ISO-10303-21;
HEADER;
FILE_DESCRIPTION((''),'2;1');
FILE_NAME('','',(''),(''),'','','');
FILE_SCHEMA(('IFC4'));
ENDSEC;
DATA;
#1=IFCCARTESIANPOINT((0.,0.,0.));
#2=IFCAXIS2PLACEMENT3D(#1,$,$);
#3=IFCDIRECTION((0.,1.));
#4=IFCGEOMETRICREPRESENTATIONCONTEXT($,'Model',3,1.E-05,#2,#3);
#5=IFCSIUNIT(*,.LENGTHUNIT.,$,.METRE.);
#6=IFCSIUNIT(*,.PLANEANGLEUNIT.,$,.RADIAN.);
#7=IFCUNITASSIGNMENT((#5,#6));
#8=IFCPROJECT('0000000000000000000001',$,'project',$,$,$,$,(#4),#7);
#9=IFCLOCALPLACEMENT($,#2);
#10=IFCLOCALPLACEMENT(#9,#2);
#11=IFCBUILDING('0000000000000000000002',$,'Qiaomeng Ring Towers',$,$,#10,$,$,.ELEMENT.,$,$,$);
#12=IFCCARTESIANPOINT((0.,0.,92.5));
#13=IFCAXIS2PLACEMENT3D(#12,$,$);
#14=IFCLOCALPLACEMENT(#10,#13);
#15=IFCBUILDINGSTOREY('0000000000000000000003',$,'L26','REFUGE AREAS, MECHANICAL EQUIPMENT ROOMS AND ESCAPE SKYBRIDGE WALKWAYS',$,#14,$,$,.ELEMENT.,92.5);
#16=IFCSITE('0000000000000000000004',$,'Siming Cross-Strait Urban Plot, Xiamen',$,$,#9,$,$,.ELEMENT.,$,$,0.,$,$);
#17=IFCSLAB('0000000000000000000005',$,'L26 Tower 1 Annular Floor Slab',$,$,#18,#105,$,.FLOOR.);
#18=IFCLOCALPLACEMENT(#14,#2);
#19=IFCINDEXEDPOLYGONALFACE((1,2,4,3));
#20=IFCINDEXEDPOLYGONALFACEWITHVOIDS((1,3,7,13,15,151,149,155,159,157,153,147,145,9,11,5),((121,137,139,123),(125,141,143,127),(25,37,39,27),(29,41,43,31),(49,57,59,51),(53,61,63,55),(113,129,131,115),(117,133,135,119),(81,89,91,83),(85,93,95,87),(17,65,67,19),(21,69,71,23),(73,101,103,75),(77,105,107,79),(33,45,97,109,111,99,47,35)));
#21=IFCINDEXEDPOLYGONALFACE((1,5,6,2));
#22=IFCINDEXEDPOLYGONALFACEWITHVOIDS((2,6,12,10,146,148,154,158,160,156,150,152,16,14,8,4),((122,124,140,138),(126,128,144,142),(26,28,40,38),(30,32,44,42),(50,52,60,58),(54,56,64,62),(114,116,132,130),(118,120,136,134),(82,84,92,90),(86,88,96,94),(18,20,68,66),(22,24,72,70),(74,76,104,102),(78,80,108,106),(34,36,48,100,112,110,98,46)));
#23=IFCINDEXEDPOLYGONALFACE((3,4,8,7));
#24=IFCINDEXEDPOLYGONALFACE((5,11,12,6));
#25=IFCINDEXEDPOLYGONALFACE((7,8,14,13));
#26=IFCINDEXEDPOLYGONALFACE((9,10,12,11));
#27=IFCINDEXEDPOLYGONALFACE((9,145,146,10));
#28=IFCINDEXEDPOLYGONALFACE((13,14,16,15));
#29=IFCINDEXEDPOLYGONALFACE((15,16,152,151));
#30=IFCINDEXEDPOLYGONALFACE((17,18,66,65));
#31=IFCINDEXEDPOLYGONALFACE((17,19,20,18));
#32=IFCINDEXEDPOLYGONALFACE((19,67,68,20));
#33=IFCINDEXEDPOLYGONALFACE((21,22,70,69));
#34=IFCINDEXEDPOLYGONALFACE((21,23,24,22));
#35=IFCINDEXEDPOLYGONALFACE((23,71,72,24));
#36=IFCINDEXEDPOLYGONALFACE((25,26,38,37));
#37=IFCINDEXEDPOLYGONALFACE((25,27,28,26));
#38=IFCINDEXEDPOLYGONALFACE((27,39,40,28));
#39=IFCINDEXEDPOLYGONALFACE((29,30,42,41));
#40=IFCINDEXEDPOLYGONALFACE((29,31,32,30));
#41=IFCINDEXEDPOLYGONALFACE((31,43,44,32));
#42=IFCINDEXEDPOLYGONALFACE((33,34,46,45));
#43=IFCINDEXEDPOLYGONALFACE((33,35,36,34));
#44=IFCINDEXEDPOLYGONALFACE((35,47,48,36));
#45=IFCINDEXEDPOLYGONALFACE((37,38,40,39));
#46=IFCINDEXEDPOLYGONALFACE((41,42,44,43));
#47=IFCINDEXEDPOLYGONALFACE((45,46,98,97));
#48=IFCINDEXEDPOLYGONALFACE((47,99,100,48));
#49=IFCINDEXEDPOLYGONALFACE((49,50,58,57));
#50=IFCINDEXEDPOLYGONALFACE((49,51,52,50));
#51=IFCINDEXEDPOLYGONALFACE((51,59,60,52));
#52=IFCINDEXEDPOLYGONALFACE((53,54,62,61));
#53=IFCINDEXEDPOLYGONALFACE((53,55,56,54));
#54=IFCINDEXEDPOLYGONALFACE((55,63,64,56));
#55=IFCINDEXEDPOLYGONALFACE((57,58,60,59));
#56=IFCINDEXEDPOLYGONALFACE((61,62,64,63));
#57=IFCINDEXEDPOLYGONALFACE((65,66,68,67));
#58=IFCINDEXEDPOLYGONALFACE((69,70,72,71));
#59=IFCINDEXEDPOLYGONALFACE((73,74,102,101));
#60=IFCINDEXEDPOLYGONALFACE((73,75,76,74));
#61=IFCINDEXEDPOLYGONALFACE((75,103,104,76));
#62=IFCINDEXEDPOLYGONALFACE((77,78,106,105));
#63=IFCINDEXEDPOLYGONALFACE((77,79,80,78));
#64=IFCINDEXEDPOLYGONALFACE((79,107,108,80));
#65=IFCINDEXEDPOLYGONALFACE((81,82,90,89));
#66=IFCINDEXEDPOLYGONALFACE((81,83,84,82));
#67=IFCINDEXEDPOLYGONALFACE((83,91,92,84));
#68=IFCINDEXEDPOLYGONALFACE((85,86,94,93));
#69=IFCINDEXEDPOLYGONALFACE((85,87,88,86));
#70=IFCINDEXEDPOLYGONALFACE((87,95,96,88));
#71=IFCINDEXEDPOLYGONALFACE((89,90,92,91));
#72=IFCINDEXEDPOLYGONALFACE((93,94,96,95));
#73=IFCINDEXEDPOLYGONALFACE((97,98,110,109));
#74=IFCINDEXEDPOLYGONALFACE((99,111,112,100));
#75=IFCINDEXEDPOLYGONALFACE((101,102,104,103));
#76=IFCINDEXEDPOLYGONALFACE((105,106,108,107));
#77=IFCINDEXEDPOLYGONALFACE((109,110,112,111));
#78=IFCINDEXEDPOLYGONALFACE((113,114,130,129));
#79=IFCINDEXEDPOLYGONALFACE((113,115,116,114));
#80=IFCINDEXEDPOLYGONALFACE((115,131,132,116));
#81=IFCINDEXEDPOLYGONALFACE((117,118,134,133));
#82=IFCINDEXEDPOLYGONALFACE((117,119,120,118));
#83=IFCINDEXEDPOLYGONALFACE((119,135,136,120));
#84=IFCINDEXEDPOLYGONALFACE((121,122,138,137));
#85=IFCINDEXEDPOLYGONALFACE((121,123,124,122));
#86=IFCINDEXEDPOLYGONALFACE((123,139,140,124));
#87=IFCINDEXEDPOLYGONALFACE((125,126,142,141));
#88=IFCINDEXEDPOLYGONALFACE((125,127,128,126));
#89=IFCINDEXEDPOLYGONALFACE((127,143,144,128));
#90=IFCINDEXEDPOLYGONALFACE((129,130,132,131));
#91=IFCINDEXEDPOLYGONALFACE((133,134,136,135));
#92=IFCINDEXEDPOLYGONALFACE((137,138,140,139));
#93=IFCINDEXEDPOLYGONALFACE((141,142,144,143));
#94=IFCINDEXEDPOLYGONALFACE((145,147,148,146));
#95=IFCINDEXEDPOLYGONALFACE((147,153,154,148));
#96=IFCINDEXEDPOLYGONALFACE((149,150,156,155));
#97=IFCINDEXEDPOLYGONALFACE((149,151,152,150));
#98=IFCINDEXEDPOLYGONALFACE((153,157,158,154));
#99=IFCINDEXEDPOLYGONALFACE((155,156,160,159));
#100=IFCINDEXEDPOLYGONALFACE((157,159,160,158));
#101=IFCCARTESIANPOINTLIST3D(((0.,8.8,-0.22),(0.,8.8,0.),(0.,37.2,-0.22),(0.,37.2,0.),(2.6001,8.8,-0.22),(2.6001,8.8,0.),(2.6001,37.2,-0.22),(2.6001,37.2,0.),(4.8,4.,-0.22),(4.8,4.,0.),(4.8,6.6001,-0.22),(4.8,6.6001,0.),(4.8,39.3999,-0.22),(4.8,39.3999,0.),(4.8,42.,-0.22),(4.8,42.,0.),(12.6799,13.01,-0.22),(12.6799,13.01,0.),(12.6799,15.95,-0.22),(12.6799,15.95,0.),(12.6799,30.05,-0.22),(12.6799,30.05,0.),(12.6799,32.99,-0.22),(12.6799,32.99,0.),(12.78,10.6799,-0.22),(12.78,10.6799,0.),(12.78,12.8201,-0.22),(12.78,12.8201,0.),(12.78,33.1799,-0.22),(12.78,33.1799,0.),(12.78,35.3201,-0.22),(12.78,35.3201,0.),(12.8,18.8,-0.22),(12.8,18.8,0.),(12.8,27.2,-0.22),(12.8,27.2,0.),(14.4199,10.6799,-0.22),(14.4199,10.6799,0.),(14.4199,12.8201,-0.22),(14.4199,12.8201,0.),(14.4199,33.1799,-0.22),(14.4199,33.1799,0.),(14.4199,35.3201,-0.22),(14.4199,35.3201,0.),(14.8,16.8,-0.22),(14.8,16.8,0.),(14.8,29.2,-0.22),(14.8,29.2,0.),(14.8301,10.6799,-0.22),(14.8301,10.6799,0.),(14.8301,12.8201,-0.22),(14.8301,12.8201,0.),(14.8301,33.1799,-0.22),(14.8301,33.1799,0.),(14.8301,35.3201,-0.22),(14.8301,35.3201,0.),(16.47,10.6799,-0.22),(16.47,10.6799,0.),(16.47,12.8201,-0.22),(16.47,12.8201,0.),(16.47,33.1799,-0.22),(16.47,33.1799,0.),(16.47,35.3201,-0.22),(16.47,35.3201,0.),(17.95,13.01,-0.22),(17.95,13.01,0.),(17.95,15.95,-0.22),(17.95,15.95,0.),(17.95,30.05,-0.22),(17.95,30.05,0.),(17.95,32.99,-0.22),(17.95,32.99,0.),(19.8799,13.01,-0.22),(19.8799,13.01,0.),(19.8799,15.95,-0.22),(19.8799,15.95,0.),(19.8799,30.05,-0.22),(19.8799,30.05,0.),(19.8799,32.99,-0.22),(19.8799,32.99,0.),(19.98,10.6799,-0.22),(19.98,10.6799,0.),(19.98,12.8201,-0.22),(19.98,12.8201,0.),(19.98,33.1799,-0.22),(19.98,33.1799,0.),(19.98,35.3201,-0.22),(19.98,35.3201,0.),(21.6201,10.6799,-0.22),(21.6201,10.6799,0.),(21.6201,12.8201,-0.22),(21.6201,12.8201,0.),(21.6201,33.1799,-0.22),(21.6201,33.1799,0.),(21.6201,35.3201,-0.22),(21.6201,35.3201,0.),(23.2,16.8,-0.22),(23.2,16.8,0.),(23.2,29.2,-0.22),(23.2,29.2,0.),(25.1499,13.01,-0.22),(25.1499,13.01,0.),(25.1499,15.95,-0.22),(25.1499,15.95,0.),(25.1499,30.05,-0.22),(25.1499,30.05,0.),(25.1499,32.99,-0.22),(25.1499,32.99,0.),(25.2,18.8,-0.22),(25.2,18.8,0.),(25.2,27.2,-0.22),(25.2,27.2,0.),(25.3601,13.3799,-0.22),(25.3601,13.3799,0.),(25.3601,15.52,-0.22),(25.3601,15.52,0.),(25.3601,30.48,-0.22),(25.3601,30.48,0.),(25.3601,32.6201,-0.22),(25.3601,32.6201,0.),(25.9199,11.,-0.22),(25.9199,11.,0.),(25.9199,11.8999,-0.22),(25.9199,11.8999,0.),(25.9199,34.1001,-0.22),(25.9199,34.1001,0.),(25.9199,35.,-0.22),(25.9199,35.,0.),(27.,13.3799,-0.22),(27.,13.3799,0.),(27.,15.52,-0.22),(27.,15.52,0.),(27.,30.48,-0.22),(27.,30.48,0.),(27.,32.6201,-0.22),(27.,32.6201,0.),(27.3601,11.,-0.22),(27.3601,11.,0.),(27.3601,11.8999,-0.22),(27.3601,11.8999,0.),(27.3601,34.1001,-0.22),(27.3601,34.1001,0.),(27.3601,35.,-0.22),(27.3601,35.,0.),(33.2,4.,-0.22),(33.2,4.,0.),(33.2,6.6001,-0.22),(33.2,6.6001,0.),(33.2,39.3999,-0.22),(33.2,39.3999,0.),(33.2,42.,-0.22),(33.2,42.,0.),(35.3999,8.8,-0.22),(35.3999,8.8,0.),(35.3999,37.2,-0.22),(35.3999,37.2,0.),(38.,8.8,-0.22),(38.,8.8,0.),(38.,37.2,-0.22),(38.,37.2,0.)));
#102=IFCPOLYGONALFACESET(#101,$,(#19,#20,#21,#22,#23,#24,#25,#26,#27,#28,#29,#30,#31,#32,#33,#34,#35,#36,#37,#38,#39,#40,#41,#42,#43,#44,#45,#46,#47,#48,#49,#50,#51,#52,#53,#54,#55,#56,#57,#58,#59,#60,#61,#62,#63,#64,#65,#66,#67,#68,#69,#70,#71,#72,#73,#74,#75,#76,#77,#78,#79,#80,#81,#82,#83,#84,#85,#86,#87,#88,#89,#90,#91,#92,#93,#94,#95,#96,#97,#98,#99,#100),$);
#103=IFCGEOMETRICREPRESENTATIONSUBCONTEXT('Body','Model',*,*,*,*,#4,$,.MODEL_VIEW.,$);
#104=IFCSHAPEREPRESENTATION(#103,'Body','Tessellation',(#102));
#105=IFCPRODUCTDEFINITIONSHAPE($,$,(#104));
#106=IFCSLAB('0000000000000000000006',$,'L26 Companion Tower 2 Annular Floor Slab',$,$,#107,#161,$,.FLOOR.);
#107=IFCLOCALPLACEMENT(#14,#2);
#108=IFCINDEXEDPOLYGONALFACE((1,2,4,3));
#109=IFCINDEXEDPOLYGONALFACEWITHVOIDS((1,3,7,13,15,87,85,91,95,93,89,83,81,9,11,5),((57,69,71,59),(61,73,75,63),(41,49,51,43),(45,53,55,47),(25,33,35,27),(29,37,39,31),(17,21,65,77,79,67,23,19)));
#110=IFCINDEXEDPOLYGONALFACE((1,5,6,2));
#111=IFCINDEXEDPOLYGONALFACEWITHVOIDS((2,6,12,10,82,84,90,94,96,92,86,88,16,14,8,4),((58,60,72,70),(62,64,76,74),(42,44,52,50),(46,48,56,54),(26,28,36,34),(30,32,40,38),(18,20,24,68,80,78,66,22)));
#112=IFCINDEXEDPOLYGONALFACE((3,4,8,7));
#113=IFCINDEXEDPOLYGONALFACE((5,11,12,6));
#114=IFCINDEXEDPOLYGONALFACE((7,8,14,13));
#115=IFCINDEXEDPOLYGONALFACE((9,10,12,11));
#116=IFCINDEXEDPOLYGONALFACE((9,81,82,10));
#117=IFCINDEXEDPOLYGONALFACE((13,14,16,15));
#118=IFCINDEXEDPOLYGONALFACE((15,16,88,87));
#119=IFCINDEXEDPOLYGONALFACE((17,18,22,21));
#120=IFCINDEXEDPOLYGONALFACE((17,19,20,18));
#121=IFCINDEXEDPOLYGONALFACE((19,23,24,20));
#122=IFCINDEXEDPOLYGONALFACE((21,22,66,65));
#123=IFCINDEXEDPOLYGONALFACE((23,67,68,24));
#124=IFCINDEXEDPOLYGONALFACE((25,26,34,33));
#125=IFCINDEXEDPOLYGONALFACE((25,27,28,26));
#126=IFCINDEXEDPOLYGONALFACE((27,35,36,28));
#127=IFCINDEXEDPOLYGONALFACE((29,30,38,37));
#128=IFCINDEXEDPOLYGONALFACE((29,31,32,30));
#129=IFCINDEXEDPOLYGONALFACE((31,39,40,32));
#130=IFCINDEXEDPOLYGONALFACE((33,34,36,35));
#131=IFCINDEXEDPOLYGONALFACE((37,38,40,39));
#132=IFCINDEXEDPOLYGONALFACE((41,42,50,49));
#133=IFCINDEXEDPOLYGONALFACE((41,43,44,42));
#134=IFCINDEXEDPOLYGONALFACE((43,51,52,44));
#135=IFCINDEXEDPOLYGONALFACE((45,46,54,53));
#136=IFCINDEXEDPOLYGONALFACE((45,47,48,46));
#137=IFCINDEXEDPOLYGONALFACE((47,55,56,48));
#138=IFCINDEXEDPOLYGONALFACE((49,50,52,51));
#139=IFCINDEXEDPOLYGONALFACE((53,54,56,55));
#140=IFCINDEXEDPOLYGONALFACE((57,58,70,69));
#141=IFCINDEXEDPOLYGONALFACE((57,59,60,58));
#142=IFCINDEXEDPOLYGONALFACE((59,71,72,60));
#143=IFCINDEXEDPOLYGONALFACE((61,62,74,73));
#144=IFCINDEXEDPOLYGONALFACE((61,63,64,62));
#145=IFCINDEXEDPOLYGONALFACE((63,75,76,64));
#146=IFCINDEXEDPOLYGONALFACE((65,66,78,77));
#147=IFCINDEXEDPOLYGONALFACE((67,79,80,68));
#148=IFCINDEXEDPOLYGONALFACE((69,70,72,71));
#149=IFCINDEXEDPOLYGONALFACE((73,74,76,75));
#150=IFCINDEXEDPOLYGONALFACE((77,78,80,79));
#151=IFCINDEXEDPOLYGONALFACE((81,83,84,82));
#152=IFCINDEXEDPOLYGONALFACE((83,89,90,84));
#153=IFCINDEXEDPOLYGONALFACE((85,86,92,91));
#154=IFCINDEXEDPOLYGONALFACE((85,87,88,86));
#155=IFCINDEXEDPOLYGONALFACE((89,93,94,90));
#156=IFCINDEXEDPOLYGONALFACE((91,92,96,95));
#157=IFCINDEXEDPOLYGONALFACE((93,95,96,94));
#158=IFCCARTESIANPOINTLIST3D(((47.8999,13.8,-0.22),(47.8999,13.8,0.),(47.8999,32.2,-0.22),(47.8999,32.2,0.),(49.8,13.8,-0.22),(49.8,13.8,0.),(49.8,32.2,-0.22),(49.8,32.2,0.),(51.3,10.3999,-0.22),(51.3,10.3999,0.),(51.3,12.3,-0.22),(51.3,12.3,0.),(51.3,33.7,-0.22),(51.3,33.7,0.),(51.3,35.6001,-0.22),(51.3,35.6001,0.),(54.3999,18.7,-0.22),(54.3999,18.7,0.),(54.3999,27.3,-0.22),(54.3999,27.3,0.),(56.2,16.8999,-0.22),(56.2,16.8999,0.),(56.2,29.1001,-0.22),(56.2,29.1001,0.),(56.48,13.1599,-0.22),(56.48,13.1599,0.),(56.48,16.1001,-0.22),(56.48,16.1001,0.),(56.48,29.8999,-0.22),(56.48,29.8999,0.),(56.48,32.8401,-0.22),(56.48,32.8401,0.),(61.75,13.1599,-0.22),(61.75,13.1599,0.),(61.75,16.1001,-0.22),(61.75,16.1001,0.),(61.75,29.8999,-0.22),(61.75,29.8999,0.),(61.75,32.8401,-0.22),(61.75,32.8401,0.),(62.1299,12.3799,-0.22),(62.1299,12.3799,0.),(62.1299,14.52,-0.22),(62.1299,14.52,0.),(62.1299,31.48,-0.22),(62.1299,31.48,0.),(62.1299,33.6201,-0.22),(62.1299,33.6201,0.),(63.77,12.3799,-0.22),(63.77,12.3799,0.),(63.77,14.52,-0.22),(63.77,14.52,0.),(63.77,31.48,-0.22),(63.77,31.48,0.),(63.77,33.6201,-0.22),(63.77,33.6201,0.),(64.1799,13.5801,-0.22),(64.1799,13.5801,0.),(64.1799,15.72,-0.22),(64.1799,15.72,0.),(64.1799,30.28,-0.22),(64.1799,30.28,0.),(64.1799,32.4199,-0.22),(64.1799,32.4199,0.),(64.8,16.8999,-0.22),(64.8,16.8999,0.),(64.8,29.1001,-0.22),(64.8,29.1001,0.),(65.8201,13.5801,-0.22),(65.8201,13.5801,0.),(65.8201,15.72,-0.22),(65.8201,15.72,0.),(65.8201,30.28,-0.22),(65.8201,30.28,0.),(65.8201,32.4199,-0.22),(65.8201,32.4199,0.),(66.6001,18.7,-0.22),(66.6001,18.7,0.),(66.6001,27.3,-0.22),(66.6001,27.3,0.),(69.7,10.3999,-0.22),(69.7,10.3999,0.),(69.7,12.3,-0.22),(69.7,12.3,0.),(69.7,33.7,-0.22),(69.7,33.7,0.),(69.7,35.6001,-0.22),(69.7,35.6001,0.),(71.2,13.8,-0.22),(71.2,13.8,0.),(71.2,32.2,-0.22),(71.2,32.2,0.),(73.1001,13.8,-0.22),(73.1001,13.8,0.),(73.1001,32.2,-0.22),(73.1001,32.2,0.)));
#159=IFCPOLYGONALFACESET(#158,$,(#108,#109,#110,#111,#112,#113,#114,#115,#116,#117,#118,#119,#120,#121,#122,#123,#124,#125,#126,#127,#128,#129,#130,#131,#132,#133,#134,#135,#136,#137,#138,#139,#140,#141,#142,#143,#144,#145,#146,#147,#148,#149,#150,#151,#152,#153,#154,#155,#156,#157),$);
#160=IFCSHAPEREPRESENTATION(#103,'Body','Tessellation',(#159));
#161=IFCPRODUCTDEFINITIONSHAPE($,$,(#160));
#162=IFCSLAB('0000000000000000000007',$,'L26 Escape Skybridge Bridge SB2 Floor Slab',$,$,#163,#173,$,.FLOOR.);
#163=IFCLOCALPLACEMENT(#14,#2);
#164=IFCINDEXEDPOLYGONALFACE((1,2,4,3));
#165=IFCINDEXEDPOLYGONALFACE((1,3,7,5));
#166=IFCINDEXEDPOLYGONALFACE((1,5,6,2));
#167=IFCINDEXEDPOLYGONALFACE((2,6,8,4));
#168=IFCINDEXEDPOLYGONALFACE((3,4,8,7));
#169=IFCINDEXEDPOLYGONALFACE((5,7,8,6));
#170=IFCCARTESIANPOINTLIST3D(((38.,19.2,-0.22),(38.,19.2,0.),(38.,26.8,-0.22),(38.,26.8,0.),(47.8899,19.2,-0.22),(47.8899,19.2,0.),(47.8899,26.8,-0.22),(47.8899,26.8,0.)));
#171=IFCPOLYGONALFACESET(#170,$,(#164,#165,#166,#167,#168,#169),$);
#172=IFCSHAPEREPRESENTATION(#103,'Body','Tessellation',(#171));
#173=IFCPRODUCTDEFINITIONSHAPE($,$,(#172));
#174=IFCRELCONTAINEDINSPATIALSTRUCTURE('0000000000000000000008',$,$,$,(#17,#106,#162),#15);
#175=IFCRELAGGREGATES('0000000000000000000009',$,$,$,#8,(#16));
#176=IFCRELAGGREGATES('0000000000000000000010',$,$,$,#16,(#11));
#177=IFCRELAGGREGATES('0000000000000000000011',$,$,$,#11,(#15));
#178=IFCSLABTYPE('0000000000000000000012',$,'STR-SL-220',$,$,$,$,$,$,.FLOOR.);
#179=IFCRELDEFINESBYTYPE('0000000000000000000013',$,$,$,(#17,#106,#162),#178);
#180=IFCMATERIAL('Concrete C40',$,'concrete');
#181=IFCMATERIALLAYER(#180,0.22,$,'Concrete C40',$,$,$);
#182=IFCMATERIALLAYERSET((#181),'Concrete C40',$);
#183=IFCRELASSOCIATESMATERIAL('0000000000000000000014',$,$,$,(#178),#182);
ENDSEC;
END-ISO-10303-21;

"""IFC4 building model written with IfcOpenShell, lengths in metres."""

from ifc_helpers import new_model, si_unit, direction, frame, origin, place, context, subcontext, project, spatial, polyline, outline, extrude, material, layer, layer_set, type_object, element, save


model = new_model("IFC4")

# Units and contexts
model_context = context("Model", 3, precision=1e-05, world=origin(), true_north=direction((0.0, 1.0)))
body_context = subcontext(model_context, "Body", "Model", "MODEL_VIEW")
ifc_project = project(units=[si_unit("LENGTHUNIT", "METRE"), si_unit("PLANEANGLEUNIT", "RADIAN")], contexts=[model_context])

# Site, building, storey
site_placement = place(None, origin())
site = spatial("IfcSite", under=ifc_project, at=site_placement, Name="Siming Cross-Strait Urban Plot, Xiamen", CompositionType="ELEMENT", RefElevation=0.0)
building_placement = place(site_placement, origin())
building = spatial("IfcBuilding", under=site, at=building_placement, Name="Qiaomeng Ring Towers", CompositionType="ELEMENT")
storey_placement = place(building_placement, frame((0.0, 0.0, 92.5)))
storey = spatial("IfcBuildingStorey", under=building, at=storey_placement, Name="L26", Description="REFUGE AREAS, MECHANICAL EQUIPMENT ROOMS AND ESCAPE SKYBRIDGE WALKWAYS", CompositionType="ELEMENT", Elevation=92.5)

# Slabs
ifc_material_1 = material(Name="Concrete C40", Category="concrete")
ifc_layer_1 = layer(ifc_material_1, 0.22, Name="Concrete C40")
ifc_layer_set_1 = layer_set([ifc_layer_1], Name="Concrete C40")
slab_type_1 = type_object("IfcSlabType", Name="STR-SL-220", PredefinedType="FLOOR", material=ifc_layer_set_1)
slab_1_placement = place(storey_placement, frame((0.0, 0.0, -0.22)))
element("IfcSlab", 1, at=slab_1_placement, inside=storey, type_object=slab_type_1, Name="L26 Tower 1 Annular Floor Slab", PredefinedType="FLOOR", context=body_context, shape_type="SweptSolid", body=[
    extrude(outline(polyline([(4.8, 4.0), (33.2, 4.0), (33.2, 6.6001), (35.3999, 8.8), (38.0, 8.8), (38.0, 37.2), (35.3999, 37.2), (33.2, 39.3999), (33.2, 42.0), (4.8, 42.0), (4.8, 39.3999), (2.6001, 37.2), (0.0, 37.2), (0.0, 8.8), (2.6001, 8.8), (4.8, 6.6001), (4.8, 4.0)]), holes=[polyline([(12.78, 10.6799), (12.78, 12.8201), (14.4199, 12.8201), (14.4199, 10.6799), (12.78, 10.6799)]), polyline([(14.8301, 12.8201), (16.47, 12.8201), (16.47, 10.6799), (14.8301, 10.6799), (14.8301, 12.8201)]), polyline([(12.6799, 15.95), (17.95, 15.95), (17.95, 13.01), (12.6799, 13.01), (12.6799, 15.95)]), polyline([(25.2, 27.2), (25.2, 18.8), (23.2, 16.8), (14.8, 16.8), (12.8, 18.8), (12.8, 27.2), (14.8, 29.2), (23.2, 29.2), (25.2, 27.2)]), polyline([(12.6799, 32.99), (17.95, 32.99), (17.95, 30.05), (12.6799, 30.05), (12.6799, 32.99)]), polyline([(12.78, 35.3201), (14.4199, 35.3201), (14.4199, 33.1799), (12.78, 33.1799), (12.78, 35.3201)]), polyline([(14.8301, 35.3201), (16.47, 35.3201), (16.47, 33.1799), (14.8301, 33.1799), (14.8301, 35.3201)]), polyline([(19.98, 35.3201), (21.6201, 35.3201), (21.6201, 33.1799), (19.98, 33.1799), (19.98, 35.3201)]), polyline([(25.9199, 11.8999), (27.3601, 11.8999), (27.3601, 11.0), (25.9199, 11.0), (25.9199, 11.8999)]), polyline([(19.98, 12.8201), (21.6201, 12.8201), (21.6201, 10.6799), (19.98, 10.6799), (19.98, 12.8201)]), polyline([(25.3601, 15.52), (27.0, 15.52), (27.0, 13.3799), (25.3601, 13.3799), (25.3601, 15.52)]), polyline([(19.8799, 15.95), (25.1499, 15.95), (25.1499, 13.01), (19.8799, 13.01), (19.8799, 15.95)]), polyline([(19.8799, 32.99), (25.1499, 32.99), (25.1499, 30.05), (19.8799, 30.05), (19.8799, 32.99)]), polyline([(25.3601, 32.6201), (27.0, 32.6201), (27.0, 30.48), (25.3601, 30.48), (25.3601, 32.6201)]), polyline([(25.9199, 35.0), (27.3601, 35.0), (27.3601, 34.1001), (25.9199, 34.1001), (25.9199, 35.0)])]), origin(), (0.0, 0.0, 1.0), 0.22),
])
slab_2_placement = place(storey_placement, frame((0.0, 0.0, -0.22)))
element("IfcSlab", 2, at=slab_2_placement, inside=storey, type_object=slab_type_1, Name="L26 Companion Tower 2 Annular Floor Slab", PredefinedType="FLOOR", context=body_context, shape_type="SweptSolid", body=[
    extrude(outline(polyline([(51.3, 10.3999), (69.7, 10.3999), (69.7, 12.3), (71.2, 13.8), (73.1001, 13.8), (73.1001, 32.2), (71.2, 32.2), (69.7, 33.7), (69.7, 35.6001), (51.3, 35.6001), (51.3, 33.7), (49.8, 32.2), (47.8999, 32.2), (47.8999, 13.8), (49.8, 13.8), (51.3, 12.3), (51.3, 10.3999)]), holes=[polyline([(62.1299, 12.3799), (62.1299, 14.52), (63.77, 14.52), (63.77, 12.3799), (62.1299, 12.3799)]), polyline([(56.48, 13.1599), (56.48, 16.1001), (61.75, 16.1001), (61.75, 13.1599), (56.48, 13.1599)]), polyline([(64.1799, 13.5801), (64.1799, 15.72), (65.8201, 15.72), (65.8201, 13.5801), (64.1799, 13.5801)]), polyline([(64.8, 29.1001), (66.6001, 27.3), (66.6001, 18.7), (64.8, 16.8999), (56.2, 16.8999), (54.3999, 18.7), (54.3999, 27.3), (56.2, 29.1001), (64.8, 29.1001)]), polyline([(64.1799, 30.28), (64.1799, 32.4199), (65.8201, 32.4199), (65.8201, 30.28), (64.1799, 30.28)]), polyline([(56.48, 32.8401), (61.75, 32.8401), (61.75, 29.8999), (56.48, 29.8999), (56.48, 32.8401)]), polyline([(62.1299, 33.6201), (63.77, 33.6201), (63.77, 31.48), (62.1299, 31.48), (62.1299, 33.6201)])]), origin(), (0.0, 0.0, 1.0), 0.22),
])
slab_3_placement = place(storey_placement, frame((0.0, 0.0, -0.22)))
element("IfcSlab", 3, at=slab_3_placement, inside=storey, type_object=slab_type_1, Name="L26 Escape Skybridge Bridge SB2 Floor Slab", PredefinedType="FLOOR", context=body_context, shape_type="SweptSolid", body=[
    extrude(outline(polyline([(38.0, 19.2), (47.8899, 19.2), (47.8899, 26.8), (38.0, 26.8), (38.0, 19.2)])), origin(), (0.0, 0.0, 1.0), 0.22),
])

save(model, "model.ifc")
